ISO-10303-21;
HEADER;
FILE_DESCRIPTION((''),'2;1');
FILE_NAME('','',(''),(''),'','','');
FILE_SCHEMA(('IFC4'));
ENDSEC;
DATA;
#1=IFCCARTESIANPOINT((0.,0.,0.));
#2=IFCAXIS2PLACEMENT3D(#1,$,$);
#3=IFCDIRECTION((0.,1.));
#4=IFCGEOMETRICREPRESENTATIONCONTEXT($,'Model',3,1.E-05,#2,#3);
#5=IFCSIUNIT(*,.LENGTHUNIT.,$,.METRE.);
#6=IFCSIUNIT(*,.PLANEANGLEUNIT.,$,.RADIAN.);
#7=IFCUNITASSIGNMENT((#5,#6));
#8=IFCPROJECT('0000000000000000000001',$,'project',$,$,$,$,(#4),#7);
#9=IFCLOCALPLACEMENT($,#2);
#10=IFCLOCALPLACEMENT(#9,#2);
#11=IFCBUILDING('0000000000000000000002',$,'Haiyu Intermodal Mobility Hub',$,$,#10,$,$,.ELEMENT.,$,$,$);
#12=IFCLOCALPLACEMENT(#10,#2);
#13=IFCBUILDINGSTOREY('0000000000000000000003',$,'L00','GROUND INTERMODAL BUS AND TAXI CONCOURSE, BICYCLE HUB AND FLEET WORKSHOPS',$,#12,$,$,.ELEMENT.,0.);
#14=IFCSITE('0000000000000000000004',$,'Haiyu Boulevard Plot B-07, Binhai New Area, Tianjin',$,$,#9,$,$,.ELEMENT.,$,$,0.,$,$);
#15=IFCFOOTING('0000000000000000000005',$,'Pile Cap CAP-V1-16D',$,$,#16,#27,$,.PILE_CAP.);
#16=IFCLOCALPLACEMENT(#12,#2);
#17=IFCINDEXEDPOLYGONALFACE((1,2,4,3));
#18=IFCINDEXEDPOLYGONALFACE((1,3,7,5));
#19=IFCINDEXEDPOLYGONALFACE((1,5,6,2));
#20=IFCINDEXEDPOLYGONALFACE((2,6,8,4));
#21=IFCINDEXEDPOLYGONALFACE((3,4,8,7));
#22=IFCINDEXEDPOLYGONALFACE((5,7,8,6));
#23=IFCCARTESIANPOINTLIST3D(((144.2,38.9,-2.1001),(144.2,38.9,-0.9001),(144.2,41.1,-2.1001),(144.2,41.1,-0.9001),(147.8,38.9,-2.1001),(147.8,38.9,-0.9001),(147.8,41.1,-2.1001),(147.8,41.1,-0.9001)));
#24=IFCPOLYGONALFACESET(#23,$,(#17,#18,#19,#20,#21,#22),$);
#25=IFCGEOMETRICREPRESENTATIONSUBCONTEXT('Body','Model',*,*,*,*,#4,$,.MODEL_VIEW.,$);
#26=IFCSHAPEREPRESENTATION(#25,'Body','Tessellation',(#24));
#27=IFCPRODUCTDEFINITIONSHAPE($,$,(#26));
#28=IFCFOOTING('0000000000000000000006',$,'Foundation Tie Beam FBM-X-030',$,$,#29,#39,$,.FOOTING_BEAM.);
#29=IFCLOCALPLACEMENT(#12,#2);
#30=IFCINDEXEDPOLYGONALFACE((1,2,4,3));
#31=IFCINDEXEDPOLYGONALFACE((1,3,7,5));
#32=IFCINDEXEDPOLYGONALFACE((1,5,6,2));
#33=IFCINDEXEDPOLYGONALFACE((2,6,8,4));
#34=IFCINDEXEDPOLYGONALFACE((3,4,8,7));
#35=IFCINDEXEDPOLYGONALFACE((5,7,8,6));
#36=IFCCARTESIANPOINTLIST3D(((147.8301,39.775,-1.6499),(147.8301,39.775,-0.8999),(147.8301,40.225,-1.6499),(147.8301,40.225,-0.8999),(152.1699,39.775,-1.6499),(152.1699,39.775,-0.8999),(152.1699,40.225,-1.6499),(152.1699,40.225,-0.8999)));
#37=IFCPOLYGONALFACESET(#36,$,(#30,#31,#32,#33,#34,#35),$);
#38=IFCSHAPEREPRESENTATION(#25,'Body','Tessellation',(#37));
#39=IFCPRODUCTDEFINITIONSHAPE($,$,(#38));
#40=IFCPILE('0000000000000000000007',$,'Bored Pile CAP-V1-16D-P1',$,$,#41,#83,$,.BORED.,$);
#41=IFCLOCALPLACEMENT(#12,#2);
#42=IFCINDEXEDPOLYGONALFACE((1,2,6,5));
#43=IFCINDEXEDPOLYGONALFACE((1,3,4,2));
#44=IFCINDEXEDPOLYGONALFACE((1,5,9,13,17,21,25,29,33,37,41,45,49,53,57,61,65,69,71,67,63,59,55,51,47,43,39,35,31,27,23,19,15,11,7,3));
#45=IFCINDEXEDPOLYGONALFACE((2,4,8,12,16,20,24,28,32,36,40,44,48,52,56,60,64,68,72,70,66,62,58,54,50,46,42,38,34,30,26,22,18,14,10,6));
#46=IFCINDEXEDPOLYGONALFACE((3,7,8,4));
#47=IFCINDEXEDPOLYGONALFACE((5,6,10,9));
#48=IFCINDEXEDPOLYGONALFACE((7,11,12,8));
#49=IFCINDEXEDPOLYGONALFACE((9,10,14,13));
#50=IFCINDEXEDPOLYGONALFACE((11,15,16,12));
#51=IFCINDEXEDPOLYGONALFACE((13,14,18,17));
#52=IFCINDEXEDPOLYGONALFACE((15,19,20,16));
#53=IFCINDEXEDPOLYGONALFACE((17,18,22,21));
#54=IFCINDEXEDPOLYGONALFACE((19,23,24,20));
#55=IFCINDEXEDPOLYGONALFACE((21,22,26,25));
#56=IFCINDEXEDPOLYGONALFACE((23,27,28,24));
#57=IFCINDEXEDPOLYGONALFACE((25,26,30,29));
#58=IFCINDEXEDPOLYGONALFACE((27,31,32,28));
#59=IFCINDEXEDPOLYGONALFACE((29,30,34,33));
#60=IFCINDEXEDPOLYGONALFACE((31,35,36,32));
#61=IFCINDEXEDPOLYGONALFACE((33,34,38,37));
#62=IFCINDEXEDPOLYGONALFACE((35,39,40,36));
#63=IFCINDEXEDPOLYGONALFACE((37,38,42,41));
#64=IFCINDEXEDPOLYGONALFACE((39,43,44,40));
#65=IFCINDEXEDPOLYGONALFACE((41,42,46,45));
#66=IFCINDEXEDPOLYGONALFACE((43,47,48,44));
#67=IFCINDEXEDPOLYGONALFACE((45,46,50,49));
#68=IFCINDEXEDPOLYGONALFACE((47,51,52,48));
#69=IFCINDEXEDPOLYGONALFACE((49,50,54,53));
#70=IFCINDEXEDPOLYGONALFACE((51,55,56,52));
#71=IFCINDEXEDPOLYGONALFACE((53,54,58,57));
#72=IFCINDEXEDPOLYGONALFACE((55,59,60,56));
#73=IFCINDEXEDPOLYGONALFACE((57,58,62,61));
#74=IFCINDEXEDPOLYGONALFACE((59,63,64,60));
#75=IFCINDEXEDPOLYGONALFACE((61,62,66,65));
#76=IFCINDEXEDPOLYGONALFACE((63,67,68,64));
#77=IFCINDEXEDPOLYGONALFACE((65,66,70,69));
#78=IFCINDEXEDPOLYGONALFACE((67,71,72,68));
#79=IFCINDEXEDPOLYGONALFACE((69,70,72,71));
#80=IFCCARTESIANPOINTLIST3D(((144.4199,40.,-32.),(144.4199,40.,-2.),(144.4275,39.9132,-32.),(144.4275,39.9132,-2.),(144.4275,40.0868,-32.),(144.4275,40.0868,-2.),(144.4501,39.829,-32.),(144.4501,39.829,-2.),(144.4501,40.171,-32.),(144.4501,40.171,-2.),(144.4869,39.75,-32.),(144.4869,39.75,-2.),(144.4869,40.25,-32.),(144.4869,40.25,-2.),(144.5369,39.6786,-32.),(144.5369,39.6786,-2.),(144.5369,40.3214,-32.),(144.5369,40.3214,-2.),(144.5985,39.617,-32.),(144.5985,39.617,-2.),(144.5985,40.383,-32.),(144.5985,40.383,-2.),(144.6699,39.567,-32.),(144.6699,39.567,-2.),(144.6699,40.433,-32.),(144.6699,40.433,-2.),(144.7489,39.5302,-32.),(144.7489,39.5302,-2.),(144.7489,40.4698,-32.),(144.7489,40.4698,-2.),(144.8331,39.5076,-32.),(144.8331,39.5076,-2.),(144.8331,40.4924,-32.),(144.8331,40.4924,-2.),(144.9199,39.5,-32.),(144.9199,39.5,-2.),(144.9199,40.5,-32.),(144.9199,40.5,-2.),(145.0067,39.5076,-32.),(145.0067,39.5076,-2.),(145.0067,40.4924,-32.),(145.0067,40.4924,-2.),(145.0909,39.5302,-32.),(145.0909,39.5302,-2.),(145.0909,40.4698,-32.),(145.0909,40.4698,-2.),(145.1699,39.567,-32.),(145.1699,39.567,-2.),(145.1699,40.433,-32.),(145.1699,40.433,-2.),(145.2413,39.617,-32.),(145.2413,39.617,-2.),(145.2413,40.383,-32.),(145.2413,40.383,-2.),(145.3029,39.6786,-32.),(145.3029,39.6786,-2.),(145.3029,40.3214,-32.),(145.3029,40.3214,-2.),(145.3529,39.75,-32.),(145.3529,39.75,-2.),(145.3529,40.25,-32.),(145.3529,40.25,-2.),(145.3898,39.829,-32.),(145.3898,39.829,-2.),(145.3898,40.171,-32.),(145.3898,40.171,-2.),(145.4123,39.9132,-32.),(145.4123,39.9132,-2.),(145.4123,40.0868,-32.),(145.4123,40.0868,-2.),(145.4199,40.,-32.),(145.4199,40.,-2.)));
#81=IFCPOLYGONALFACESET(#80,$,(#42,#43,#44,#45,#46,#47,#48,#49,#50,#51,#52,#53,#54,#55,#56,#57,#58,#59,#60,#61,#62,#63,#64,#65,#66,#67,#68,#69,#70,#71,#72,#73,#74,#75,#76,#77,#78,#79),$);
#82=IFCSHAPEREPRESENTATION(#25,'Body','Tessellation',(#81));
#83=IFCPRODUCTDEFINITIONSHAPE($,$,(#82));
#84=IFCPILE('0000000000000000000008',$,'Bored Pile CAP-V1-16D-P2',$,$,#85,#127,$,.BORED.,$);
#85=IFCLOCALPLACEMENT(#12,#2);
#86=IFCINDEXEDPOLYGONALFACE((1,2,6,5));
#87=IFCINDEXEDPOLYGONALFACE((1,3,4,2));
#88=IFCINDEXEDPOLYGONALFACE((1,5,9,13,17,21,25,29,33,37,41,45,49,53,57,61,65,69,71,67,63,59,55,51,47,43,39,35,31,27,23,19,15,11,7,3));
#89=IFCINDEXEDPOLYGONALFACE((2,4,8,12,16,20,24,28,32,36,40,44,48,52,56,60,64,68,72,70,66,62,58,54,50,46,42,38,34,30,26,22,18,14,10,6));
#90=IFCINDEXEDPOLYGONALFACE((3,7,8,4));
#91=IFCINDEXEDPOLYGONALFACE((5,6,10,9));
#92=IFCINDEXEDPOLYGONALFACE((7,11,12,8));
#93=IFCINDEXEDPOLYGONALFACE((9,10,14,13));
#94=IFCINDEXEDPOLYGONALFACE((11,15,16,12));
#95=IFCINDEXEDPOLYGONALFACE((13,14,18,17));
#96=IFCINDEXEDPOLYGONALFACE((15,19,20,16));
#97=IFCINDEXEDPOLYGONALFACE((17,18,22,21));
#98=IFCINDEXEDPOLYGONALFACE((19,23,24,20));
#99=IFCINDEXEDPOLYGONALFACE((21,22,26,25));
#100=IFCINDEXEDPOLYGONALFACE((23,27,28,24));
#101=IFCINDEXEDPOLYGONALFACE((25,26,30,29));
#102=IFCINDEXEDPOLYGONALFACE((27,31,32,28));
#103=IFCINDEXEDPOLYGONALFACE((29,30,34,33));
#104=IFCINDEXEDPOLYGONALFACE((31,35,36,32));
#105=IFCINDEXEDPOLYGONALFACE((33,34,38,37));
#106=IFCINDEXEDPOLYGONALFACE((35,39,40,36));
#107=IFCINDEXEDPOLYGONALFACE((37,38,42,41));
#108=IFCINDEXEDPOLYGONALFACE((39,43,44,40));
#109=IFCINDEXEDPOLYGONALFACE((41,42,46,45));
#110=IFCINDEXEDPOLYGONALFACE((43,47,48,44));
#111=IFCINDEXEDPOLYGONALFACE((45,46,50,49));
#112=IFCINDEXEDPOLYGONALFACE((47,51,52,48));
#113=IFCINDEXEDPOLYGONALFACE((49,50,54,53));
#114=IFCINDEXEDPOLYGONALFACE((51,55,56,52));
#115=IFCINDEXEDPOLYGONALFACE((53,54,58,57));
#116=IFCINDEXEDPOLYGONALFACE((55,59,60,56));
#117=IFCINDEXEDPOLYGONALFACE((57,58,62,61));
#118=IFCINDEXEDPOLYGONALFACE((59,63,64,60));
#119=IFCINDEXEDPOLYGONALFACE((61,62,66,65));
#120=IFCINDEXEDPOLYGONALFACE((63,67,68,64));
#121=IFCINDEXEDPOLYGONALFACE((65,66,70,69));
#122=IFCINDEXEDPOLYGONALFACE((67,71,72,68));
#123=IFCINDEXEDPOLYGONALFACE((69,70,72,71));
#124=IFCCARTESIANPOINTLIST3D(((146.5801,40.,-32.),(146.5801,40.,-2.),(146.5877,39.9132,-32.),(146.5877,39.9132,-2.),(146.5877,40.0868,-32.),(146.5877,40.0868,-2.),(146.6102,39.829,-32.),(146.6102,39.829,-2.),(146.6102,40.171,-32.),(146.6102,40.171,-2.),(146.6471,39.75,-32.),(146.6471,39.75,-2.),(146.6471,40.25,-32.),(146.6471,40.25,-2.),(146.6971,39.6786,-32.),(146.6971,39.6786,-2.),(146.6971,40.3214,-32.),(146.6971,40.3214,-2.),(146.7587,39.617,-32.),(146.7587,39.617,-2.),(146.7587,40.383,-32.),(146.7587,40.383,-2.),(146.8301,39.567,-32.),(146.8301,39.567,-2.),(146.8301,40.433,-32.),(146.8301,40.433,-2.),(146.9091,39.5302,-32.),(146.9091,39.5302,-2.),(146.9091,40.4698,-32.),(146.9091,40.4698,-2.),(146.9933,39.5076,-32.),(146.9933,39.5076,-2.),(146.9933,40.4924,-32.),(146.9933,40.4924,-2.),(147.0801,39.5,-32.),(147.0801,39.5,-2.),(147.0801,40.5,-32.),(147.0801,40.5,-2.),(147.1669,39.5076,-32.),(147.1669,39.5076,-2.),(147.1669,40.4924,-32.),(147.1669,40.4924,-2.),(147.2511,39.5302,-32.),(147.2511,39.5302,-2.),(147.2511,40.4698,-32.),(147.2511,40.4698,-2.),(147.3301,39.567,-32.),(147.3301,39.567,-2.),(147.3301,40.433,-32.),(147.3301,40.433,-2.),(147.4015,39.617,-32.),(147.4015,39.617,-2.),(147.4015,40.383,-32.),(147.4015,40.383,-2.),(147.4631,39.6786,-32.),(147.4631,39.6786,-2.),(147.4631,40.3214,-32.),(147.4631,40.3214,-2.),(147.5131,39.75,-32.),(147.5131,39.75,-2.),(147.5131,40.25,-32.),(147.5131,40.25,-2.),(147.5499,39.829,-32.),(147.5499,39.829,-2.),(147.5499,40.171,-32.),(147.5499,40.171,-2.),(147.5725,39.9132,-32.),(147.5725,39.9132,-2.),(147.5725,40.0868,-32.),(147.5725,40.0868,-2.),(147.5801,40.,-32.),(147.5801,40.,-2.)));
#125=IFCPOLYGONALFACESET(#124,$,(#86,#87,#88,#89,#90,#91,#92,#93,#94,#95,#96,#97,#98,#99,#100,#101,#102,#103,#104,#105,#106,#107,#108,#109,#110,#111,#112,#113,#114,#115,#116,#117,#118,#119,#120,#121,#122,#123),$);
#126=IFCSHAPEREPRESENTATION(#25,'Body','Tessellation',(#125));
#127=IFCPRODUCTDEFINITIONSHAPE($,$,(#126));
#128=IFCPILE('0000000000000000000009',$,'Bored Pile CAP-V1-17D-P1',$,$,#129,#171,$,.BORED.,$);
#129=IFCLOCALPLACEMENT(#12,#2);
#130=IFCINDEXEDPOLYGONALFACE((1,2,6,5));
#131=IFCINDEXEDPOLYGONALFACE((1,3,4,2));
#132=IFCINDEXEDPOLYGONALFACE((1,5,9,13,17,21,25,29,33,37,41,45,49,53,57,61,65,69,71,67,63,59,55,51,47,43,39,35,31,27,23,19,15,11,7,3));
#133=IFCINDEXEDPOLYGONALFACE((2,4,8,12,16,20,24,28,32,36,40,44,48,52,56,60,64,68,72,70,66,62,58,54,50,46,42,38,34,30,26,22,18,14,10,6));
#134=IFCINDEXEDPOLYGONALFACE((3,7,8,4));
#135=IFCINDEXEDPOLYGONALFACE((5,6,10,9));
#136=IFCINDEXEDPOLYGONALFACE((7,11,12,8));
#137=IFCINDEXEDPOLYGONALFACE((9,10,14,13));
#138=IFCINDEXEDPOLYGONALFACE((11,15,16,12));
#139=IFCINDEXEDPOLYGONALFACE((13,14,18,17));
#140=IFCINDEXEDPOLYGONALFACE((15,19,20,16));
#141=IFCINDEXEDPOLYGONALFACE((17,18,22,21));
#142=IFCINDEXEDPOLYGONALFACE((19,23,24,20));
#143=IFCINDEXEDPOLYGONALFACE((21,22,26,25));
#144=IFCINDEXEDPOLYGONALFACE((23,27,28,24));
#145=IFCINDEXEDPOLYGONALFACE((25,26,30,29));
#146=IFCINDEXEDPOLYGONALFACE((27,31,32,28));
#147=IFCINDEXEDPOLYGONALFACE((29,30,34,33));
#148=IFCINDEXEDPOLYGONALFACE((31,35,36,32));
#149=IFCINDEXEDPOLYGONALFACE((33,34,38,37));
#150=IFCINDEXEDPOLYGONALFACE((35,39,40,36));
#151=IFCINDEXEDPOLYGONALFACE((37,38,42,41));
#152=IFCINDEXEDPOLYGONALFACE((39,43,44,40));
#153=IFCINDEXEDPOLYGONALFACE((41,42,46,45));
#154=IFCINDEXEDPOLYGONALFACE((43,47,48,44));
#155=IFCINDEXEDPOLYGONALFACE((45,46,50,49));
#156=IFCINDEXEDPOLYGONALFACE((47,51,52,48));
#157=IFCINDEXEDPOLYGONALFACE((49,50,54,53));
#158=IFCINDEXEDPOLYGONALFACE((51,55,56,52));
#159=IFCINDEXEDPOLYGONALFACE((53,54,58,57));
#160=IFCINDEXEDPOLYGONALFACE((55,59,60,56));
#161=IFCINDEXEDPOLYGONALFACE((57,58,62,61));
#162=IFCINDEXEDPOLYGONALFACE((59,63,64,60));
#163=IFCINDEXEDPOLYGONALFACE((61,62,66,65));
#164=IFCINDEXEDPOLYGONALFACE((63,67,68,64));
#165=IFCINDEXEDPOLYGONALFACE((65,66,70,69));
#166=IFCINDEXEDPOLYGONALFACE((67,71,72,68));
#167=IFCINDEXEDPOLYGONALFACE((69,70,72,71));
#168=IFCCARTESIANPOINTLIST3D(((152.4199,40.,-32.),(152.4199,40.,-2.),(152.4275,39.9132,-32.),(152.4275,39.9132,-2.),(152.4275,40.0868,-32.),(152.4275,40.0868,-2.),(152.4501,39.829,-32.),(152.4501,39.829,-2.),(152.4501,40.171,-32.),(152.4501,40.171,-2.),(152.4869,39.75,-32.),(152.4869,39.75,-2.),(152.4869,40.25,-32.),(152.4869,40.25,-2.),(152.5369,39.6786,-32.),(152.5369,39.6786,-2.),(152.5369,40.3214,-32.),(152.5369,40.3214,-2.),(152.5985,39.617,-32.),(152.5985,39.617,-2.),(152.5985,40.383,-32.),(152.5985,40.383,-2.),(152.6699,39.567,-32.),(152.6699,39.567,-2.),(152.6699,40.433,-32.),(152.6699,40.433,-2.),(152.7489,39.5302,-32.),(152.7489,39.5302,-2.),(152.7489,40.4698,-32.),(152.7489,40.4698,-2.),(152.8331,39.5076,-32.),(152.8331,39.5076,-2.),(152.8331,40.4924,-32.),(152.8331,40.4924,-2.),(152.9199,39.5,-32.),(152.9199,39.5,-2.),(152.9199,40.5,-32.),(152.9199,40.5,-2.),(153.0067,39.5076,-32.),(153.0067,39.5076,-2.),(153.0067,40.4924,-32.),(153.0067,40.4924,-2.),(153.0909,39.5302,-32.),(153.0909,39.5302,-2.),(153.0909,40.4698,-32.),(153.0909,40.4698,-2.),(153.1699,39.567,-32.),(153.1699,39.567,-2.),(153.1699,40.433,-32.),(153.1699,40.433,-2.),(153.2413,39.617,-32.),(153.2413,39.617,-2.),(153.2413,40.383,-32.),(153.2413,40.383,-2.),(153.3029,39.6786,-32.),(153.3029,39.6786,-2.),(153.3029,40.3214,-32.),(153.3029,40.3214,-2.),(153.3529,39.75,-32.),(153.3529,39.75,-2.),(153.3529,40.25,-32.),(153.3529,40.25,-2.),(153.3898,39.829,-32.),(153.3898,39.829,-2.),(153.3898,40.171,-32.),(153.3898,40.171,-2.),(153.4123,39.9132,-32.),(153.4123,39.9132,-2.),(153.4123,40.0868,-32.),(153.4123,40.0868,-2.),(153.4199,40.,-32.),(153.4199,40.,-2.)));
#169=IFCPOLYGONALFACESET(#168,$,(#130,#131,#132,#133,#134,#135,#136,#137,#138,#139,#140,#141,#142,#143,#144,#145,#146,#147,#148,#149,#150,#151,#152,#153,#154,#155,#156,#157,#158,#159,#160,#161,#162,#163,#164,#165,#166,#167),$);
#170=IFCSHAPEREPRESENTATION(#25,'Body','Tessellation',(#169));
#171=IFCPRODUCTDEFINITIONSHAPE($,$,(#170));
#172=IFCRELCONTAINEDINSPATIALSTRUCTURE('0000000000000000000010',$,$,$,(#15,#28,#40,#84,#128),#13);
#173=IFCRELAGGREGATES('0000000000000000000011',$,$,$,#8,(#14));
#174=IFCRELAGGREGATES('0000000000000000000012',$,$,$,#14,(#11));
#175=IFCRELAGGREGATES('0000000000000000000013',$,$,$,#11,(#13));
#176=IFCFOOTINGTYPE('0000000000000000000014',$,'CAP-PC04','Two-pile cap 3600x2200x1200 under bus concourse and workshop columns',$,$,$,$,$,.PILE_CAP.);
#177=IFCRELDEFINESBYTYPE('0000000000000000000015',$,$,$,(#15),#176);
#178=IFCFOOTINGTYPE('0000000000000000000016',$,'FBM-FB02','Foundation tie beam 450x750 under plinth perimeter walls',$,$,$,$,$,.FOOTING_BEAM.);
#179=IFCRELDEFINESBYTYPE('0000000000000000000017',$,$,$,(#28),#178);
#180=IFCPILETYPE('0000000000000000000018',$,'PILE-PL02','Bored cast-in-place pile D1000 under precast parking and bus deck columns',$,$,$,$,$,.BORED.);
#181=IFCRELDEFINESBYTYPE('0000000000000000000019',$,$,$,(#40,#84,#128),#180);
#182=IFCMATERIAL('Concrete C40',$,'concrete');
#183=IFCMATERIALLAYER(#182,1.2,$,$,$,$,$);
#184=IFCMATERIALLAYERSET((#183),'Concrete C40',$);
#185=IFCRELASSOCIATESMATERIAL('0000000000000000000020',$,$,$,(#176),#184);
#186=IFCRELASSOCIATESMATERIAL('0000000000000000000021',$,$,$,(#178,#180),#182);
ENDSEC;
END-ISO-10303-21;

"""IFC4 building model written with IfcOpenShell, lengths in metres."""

from ifc_helpers import new_model, si_unit, direction, frame, origin, origin_2d, place, context, subcontext, project, spatial, rectangle, circle, extrude, material, layer, layer_set, material_profile, profile_set, type_object, element, save


model = new_model("IFC4")

# Units and contexts
model_context = context("Model", 3, precision=1e-05, world=origin(), true_north=direction((0.0, 1.0)))
body_context = subcontext(model_context, "Body", "Model", "MODEL_VIEW")
ifc_project = project(units=[si_unit("LENGTHUNIT", "METRE"), si_unit("PLANEANGLEUNIT", "RADIAN")], contexts=[model_context])

# Site, building, storey
site_placement = place(None, origin())
site = spatial("IfcSite", under=ifc_project, at=site_placement, Name="Haiyu Boulevard Plot B-07, Binhai New Area, Tianjin", CompositionType="ELEMENT", RefElevation=0.0)
building_placement = place(site_placement, origin())
building = spatial("IfcBuilding", under=site, at=building_placement, Name="Haiyu Intermodal Mobility Hub", CompositionType="ELEMENT")
storey_placement = place(building_placement, origin())
storey = spatial("IfcBuildingStorey", under=building, at=storey_placement, Name="L00", Description="GROUND INTERMODAL BUS AND TAXI CONCOURSE, BICYCLE HUB AND FLEET WORKSHOPS", CompositionType="ELEMENT", Elevation=0.0)

# Footings
ifc_material_1 = material(Name="Concrete C40", Category="concrete")
ifc_layer_1 = layer(ifc_material_1, 1.2)
ifc_layer_set_1 = layer_set([ifc_layer_1], Name="Concrete C40")
footing_type_1 = type_object("IfcFootingType", Name="CAP-PC04", Description="Two-pile cap 3600x2200x1200 under bus concourse and workshop columns", PredefinedType="PILE_CAP", material=ifc_layer_set_1)
footing_1_placement = place(storey_placement, frame((146.0, 40.0, -2.1001), z_axis=(0.0, 0.0, 1.0), x_axis=(1.0, 0.0, 0.0)))
element("IfcFooting", 1, at=footing_1_placement, inside=storey, type_object=footing_type_1, Name="Pile Cap CAP-V1-16D", PredefinedType="PILE_CAP", context=body_context, shape_type="SweptSolid", body=[
    extrude(rectangle(XDim=3.6001, YDim=2.2, at=origin_2d()), origin(), (0.0, 0.0, 1.0), 1.2),
])
ifc_material_profile_1 = material_profile(ifc_material_1, rectangle(XDim=0.45, YDim=0.75, at=origin_2d()), Name="FB450x750")
ifc_profile_set_1 = profile_set([ifc_material_profile_1], Name="Concrete C40")
footing_type_2 = type_object("IfcFootingType", Name="FBM-FB02", Description="Foundation tie beam 450x750 under plinth perimeter walls", PredefinedType="FOOTING_BEAM", material=ifc_profile_set_1)
footing_2_placement = place(storey_placement, frame((147.8301, 40.0, -1.2749), z_axis=(1.0, 0.0, 0.0), x_axis=(0.0, 1.0, 0.0)))
element("IfcFooting", 2, at=footing_2_placement, inside=storey, type_object=footing_type_2, Name="Foundation Tie Beam FBM-X-030", PredefinedType="FOOTING_BEAM", context=body_context, shape_type="SweptSolid", body=[
    extrude(rectangle(XDim=0.45, YDim=0.75, at=origin_2d()), origin(), (0.0, 0.0, 1.0), 4.3398),
])

# Piles
ifc_material_profile_2 = material_profile(ifc_material_1, circle(Radius=0.5, at=origin_2d()), Name="PILE-D1000")
ifc_profile_set_2 = profile_set([ifc_material_profile_2], Name="Concrete C40")
pile_type = type_object("IfcPileType", Name="PILE-PL02", Description="Bored cast-in-place pile D1000 under precast parking and bus deck columns", PredefinedType="BORED", material=ifc_profile_set_2)
for number, where, z_axis, x_axis, name in (
    (3, (144.9199, 40.0, -2.0), (0.0, 0.0, -1.0), (1.0, 0.0, 0.0), "Bored Pile CAP-V1-16D-P1"),
    (4, (147.0801, 40.0, -2.0), (0.0, 0.0, -1.0), (1.0, 0.0, 0.0), "Bored Pile CAP-V1-16D-P2"),
    (5, (152.9199, 40.0, -2.0), (0.0, 0.0, -1.0), (1.0, 0.0, 0.0), "Bored Pile CAP-V1-17D-P1"),
):
    element("IfcPile", number, at=place(storey_placement, frame(where, z_axis=z_axis, x_axis=x_axis)), inside=storey, type_object=pile_type, Name=name, PredefinedType="BORED", context=body_context, shape_type="SweptSolid", body=[
        extrude(circle(Radius=0.5, at=origin_2d()), origin(), (0.0, 0.0, 1.0), 30.0),
    ])

save(model, "model.ifc")
